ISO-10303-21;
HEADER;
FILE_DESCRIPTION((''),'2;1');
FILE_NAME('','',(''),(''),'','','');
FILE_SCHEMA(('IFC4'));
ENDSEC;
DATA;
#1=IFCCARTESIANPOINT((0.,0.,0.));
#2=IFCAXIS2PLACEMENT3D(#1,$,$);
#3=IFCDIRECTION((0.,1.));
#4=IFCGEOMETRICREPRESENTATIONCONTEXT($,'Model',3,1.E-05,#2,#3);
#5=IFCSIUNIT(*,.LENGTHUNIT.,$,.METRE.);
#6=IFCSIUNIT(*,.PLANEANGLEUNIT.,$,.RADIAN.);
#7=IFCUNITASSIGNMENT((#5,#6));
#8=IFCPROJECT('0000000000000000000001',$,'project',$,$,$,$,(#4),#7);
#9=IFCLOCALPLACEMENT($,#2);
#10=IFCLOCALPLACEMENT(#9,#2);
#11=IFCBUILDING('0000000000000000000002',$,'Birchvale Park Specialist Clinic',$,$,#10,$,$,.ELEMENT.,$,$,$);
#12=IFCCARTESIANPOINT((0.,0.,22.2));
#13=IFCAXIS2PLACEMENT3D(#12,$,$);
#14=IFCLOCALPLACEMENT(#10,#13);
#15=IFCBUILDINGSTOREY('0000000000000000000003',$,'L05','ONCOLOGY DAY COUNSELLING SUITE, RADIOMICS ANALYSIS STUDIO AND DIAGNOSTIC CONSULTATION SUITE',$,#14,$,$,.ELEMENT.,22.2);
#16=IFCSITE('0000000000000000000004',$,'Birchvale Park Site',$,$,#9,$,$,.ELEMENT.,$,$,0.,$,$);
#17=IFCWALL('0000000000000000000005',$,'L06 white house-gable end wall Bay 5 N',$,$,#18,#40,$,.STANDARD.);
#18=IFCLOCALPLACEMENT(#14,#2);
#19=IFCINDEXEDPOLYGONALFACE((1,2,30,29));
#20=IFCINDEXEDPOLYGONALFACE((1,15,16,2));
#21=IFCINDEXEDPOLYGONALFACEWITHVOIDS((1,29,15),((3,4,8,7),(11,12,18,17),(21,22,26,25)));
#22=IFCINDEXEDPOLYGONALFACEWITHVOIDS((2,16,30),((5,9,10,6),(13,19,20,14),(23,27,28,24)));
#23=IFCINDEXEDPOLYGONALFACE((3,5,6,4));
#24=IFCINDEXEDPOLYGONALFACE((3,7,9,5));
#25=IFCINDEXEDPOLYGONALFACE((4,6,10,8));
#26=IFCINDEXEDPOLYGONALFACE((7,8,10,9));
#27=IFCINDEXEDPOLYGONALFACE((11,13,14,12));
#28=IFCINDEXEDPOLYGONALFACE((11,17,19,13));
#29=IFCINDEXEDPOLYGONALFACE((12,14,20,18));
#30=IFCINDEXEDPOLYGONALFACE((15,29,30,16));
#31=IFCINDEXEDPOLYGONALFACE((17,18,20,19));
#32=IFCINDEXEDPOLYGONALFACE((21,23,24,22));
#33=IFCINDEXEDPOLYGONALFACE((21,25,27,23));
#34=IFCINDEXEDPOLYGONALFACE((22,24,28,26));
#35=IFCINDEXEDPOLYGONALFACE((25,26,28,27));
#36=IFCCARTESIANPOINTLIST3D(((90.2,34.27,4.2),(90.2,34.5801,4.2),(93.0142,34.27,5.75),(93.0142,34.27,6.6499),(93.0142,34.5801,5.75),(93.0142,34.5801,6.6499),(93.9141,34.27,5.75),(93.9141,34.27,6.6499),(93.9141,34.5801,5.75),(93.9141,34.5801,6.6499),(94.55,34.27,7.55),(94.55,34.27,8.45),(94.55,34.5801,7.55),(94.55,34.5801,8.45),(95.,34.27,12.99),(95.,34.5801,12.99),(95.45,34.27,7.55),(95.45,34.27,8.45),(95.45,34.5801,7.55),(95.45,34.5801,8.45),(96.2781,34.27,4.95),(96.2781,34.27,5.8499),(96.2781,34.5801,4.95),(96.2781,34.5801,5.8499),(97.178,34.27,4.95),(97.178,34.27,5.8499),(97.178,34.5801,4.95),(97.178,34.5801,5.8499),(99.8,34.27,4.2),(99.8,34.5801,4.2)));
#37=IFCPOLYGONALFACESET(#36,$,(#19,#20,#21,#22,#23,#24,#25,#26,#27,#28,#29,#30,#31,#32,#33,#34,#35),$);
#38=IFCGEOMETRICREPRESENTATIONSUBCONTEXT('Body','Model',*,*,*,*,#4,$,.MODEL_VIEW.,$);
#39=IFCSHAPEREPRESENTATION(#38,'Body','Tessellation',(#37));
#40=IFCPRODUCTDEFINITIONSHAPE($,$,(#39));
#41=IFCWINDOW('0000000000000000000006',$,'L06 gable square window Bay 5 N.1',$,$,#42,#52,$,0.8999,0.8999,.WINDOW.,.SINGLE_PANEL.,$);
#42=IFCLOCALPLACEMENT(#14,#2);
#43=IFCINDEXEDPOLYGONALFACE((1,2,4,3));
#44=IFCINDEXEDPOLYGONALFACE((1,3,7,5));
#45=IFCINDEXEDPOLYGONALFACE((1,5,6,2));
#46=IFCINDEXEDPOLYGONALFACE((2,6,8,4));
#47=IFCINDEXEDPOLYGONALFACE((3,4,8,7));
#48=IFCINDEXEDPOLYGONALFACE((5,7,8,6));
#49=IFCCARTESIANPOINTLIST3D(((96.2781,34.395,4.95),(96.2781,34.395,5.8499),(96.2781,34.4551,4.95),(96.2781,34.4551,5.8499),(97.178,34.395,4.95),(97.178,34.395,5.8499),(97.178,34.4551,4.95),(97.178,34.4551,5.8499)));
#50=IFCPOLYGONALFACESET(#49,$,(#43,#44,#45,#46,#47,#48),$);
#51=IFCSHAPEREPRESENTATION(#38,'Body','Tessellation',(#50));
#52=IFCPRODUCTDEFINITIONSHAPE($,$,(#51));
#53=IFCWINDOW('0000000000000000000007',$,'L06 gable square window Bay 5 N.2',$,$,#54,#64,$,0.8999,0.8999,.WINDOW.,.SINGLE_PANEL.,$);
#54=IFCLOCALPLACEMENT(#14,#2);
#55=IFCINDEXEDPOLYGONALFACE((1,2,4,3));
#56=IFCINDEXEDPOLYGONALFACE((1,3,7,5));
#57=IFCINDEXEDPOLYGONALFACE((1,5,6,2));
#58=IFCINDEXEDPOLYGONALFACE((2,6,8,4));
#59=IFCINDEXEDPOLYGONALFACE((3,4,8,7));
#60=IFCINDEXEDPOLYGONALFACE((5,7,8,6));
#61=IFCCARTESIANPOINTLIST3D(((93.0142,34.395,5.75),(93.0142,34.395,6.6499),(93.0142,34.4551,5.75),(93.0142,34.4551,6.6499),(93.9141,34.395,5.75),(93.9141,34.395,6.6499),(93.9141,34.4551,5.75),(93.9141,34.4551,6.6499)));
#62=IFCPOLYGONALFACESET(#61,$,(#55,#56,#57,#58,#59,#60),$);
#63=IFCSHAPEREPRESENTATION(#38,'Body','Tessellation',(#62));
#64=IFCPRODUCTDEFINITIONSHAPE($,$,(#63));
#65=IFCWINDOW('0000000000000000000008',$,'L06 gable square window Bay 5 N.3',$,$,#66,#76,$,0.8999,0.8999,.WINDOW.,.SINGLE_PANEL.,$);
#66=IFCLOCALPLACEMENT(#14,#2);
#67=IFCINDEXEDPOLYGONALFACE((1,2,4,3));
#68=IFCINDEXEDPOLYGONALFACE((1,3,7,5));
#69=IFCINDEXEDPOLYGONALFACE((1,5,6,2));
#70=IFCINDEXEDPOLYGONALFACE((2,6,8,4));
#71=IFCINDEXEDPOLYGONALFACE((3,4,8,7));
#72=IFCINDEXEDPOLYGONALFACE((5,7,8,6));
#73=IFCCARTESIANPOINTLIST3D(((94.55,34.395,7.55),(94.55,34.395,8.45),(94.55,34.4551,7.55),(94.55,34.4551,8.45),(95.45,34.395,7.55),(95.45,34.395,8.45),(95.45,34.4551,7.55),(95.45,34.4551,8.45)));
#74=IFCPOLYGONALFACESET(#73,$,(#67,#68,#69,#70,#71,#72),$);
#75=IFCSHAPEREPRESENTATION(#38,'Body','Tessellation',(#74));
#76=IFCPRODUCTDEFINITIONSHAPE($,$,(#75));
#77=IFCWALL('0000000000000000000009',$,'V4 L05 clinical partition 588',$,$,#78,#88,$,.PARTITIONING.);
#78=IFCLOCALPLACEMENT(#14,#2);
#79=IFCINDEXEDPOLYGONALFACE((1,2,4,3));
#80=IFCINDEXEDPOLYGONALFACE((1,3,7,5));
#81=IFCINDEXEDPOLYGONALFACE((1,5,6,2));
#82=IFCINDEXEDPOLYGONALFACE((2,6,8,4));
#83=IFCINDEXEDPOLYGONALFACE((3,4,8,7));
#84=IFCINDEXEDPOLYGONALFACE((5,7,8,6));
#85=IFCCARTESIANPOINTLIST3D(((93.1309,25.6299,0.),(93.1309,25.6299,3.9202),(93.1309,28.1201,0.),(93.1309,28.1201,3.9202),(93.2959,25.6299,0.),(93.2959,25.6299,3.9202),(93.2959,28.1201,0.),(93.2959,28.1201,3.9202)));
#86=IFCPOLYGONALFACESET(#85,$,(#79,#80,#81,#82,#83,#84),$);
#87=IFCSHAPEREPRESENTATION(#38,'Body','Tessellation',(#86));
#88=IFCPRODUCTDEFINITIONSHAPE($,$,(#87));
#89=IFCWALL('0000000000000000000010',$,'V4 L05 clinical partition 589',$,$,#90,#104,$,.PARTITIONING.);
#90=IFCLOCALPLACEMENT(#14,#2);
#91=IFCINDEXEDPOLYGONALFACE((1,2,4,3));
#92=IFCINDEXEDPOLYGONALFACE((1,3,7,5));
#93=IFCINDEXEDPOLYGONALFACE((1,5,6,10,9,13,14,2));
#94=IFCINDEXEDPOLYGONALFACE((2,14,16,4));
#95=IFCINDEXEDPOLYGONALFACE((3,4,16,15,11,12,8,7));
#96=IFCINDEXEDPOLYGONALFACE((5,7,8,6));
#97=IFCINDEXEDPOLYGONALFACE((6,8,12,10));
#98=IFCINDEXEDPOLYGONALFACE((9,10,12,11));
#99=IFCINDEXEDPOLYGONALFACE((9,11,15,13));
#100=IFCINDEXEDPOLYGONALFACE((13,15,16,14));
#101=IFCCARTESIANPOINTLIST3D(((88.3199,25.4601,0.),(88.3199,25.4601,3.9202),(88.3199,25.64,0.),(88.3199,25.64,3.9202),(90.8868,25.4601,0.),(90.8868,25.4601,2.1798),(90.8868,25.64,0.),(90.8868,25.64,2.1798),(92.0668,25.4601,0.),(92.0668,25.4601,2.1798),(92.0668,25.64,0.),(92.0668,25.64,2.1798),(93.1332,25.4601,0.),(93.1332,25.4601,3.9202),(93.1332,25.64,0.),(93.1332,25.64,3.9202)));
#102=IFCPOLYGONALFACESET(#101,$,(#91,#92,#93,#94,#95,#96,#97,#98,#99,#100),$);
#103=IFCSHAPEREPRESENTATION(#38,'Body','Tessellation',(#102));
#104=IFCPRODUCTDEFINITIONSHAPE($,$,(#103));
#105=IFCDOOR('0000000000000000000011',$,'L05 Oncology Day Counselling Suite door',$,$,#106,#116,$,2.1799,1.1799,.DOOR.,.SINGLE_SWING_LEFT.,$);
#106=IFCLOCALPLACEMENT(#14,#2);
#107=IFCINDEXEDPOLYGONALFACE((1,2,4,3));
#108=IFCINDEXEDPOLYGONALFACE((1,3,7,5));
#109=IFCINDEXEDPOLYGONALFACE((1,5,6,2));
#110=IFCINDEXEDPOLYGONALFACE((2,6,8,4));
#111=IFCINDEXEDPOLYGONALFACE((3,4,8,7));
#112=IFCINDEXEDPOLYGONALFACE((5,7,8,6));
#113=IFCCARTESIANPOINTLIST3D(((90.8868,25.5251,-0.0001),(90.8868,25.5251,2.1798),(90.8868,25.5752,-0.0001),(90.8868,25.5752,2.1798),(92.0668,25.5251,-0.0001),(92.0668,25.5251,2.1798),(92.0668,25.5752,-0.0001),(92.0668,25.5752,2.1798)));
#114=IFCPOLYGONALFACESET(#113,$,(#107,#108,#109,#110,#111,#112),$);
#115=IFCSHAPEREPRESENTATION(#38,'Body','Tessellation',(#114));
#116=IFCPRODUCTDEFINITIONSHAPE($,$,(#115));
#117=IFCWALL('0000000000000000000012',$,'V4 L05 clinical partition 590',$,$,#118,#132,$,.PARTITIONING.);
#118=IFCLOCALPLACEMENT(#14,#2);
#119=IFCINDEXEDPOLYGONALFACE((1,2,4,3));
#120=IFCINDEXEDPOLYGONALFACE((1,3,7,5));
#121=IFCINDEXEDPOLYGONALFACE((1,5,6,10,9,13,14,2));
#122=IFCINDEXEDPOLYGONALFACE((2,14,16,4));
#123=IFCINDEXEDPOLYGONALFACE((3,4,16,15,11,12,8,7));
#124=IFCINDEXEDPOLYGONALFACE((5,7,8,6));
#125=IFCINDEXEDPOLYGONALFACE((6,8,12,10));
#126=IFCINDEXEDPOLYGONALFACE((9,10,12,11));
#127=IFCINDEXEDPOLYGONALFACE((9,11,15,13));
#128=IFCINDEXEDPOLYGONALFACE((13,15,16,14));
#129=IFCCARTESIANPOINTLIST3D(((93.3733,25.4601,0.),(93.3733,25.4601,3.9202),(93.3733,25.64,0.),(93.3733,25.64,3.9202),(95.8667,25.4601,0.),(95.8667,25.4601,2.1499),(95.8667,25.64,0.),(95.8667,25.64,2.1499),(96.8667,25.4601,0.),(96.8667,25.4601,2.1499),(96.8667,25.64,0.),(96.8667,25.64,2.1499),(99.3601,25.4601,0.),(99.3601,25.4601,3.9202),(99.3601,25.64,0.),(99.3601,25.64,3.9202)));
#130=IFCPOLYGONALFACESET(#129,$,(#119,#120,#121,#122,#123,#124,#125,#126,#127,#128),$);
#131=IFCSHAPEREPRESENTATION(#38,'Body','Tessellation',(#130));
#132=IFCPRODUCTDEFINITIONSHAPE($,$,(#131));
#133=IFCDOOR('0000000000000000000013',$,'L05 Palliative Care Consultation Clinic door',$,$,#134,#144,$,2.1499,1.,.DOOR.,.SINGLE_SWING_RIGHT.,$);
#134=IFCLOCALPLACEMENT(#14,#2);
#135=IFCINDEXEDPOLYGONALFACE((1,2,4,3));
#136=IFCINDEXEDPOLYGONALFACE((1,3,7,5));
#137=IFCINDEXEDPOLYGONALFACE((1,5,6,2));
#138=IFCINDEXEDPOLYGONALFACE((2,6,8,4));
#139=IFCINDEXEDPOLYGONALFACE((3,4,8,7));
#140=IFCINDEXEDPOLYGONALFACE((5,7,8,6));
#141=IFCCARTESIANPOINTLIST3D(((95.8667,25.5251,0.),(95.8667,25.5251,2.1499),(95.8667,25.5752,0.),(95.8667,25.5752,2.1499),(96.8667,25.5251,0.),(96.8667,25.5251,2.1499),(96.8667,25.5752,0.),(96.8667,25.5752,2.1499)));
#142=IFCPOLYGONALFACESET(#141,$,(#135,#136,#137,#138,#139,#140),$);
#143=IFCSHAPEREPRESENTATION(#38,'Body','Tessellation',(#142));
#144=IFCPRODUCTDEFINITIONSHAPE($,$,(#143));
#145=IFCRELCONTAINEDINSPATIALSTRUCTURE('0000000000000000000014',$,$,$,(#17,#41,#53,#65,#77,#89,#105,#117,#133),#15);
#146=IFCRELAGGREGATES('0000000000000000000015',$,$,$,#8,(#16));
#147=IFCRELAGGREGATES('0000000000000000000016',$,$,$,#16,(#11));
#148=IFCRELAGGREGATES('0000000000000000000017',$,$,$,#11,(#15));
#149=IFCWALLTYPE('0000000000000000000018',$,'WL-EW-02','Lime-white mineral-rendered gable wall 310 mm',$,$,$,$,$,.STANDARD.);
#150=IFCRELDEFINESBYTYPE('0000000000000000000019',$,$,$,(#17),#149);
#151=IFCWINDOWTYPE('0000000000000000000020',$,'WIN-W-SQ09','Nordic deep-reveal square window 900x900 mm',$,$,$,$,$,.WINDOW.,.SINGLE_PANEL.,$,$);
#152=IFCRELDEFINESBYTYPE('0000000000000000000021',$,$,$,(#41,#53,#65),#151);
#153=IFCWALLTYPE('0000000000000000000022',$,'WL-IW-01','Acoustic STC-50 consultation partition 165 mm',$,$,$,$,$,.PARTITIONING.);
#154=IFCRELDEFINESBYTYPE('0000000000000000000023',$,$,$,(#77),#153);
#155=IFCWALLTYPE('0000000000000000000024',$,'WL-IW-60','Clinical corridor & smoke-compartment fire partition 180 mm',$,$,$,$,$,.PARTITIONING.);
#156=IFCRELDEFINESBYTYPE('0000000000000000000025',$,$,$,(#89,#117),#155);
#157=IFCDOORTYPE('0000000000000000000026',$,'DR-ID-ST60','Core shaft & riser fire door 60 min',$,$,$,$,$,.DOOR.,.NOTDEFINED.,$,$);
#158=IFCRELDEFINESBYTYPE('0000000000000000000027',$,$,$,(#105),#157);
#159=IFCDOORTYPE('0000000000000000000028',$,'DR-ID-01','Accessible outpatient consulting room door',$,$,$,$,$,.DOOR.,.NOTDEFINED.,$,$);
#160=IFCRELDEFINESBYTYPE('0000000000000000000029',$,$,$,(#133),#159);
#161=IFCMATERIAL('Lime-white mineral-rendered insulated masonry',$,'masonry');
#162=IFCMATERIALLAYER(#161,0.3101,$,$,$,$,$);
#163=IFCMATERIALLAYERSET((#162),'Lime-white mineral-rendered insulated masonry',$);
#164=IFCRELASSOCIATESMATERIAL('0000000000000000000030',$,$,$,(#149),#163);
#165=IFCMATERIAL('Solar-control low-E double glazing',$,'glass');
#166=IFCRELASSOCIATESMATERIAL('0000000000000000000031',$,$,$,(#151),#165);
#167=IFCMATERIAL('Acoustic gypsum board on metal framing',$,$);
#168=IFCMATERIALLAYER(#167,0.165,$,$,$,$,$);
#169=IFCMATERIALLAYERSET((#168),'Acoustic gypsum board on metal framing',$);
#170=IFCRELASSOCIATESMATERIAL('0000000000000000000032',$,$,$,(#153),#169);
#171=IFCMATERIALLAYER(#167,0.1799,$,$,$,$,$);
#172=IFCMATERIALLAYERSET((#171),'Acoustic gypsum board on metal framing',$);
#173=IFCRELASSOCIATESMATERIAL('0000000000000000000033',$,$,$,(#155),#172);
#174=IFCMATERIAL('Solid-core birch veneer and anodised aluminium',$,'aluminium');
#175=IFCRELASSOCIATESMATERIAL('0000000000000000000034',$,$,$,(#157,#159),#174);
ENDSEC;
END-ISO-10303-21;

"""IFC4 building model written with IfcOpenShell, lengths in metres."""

from ifc_helpers import new_model, si_unit, direction, frame, frame_2d, origin, place, context, subcontext, project, spatial, polyline, rectangle, outline, extrude, material, layer, layer_set, type_object, element, fill, save


model = new_model("IFC4")

# Units and contexts
model_context = context("Model", 3, precision=1e-05, world=origin(), true_north=direction((0.0, 1.0)))
body_context = subcontext(model_context, "Body", "Model", "MODEL_VIEW")
ifc_project = project(units=[si_unit("LENGTHUNIT", "METRE"), si_unit("PLANEANGLEUNIT", "RADIAN")], contexts=[model_context])

# Site, building, storey
site_placement = place(None, origin())
site = spatial("IfcSite", under=ifc_project, at=site_placement, Name="Birchvale Park Site", CompositionType="ELEMENT", RefElevation=0.0)
building_placement = place(site_placement, origin())
building = spatial("IfcBuilding", under=site, at=building_placement, Name="Birchvale Park Specialist Clinic", CompositionType="ELEMENT")
storey_placement = place(building_placement, frame((0.0, 0.0, 22.2)))
storey = spatial("IfcBuildingStorey", under=building, at=storey_placement, Name="L05", Description="ONCOLOGY DAY COUNSELLING SUITE, RADIOMICS ANALYSIS STUDIO AND DIAGNOSTIC CONSULTATION SUITE", CompositionType="ELEMENT", Elevation=22.2)

# Shared definitions
ifc_material_1 = material(Name="Solid-core birch veneer and anodised aluminium", Category="aluminium")

# Shared definitions
ifc_material_2 = material(Name="Lime-white mineral-rendered insulated masonry", Category="masonry")
ifc_material_3 = material(Name="Solar-control low-E double glazing", Category="glass")

# Wall, openings, windows
ifc_layer_1 = layer(ifc_material_2, 0.3101)
ifc_layer_set_1 = layer_set([ifc_layer_1], Name="Lime-white mineral-rendered insulated masonry")
wall_type_1 = type_object("IfcWallType", Name="WL-EW-02", Description="Lime-white mineral-rendered gable wall 310 mm", PredefinedType="STANDARD", material=ifc_layer_set_1)
wall_1_placement = place(storey_placement, frame((99.8, 34.425, 4.2), z_axis=(0.0, 0.0, 1.0), x_axis=(-1.0, 0.0, 0.0)))
wall_1 = element("IfcWall", 1, at=wall_1_placement, inside=storey, type_object=wall_type_1, Name="L06 white house-gable end wall Bay 5 N", PredefinedType="STANDARD", context=body_context, shape_type="SweptSolid", body=[
    extrude(outline(polyline([(0.0, 0.0), (9.6001, 0.0), (9.6001, 0.0), (4.8, 8.79), (0.0, 0.0), (0.0, 0.0)])), frame((0.0, 0.155, 0.0), z_axis=(0.0, -1.0, 0.0), x_axis=(1.0, 0.0, 0.0)), (0.0, 0.0, 1.0), 0.3101),
])
opening_1_placement = place(wall_1_placement, frame((2.6221, 0.0, 0.75)))
opening_1 = element("IfcOpeningElement", 2, at=opening_1_placement, cuts=wall_1, PredefinedType="OPENING", context=body_context, shape_type="SweptSolid", body=[
    extrude(rectangle(XDim=0.8999, YDim=0.8999, at=frame_2d((0.45, 0.45))), frame((0.0, 0.165, 0.0), z_axis=(0.0, -1.0, 0.0), x_axis=(1.0, 0.0, 0.0)), (0.0, 0.0, 1.0), 0.3301),
])
opening_2_placement = place(wall_1_placement, frame((5.886, 0.0, 1.55)))
opening_2 = element("IfcOpeningElement", 3, at=opening_2_placement, cuts=wall_1, PredefinedType="OPENING", context=body_context, shape_type="SweptSolid", body=[
    extrude(rectangle(XDim=0.8999, YDim=0.8999, at=frame_2d((0.45, 0.45))), frame((0.0, 0.165, 0.0), z_axis=(0.0, -1.0, 0.0), x_axis=(1.0, 0.0, 0.0)), (0.0, 0.0, 1.0), 0.3301),
])
opening_3_placement = place(wall_1_placement, frame((4.3501, 0.0, 3.3501)))
opening_3 = element("IfcOpeningElement", 4, at=opening_3_placement, cuts=wall_1, PredefinedType="OPENING", context=body_context, shape_type="SweptSolid", body=[
    extrude(rectangle(XDim=0.8999, YDim=0.8999, at=frame_2d((0.45, 0.45))), frame((0.0, 0.165, 0.0), z_axis=(0.0, -1.0, 0.0), x_axis=(1.0, 0.0, 0.0)), (0.0, 0.0, 1.0), 0.3301),
])
window_type_1 = type_object("IfcWindowType", Name="WIN-W-SQ09", Description="Nordic deep-reveal square window 900x900 mm", PartitioningType="SINGLE_PANEL", PredefinedType="WINDOW", material=ifc_material_3)
window_1_placement = place(opening_1_placement, origin())
window_1 = element("IfcWindow", 5, at=window_1_placement, inside=storey, type_object=window_type_1, Name="L06 gable square window Bay 5 N.1", OverallHeight=0.8999, OverallWidth=0.8999, PartitioningType="SINGLE_PANEL", PredefinedType="WINDOW", context=body_context, shape_type="SweptSolid", body=[
    extrude(rectangle(XDim=0.8999, YDim=0.8999, at=frame_2d((0.45, 0.45))), frame((0.0, 0.03, 0.0), z_axis=(0.0, -1.0, 0.0), x_axis=(1.0, 0.0, 0.0)), (0.0, 0.0, 1.0), 0.0601),
])
fill(opening_1, window_1)
window_2_placement = place(opening_2_placement, origin())
window_2 = element("IfcWindow", 6, at=window_2_placement, inside=storey, type_object=window_type_1, Name="L06 gable square window Bay 5 N.2", OverallHeight=0.8999, OverallWidth=0.8999, PartitioningType="SINGLE_PANEL", PredefinedType="WINDOW", context=body_context, shape_type="SweptSolid", body=[
    extrude(rectangle(XDim=0.8999, YDim=0.8999, at=frame_2d((0.45, 0.45))), frame((0.0, 0.03, 0.0), z_axis=(0.0, -1.0, 0.0), x_axis=(1.0, 0.0, 0.0)), (0.0, 0.0, 1.0), 0.0601),
])
fill(opening_2, window_2)
window_3_placement = place(opening_3_placement, origin())
window_3 = element("IfcWindow", 7, at=window_3_placement, inside=storey, type_object=window_type_1, Name="L06 gable square window Bay 5 N.3", OverallHeight=0.8999, OverallWidth=0.8999, PartitioningType="SINGLE_PANEL", PredefinedType="WINDOW", context=body_context, shape_type="SweptSolid", body=[
    extrude(rectangle(XDim=0.8999, YDim=0.8999, at=frame_2d((0.45, 0.45))), frame((0.0, 0.03, 0.0), z_axis=(0.0, -1.0, 0.0), x_axis=(1.0, 0.0, 0.0)), (0.0, 0.0, 1.0), 0.0601),
])
fill(opening_3, window_3)

# Wall
ifc_material_4 = material(Name="Acoustic gypsum board on metal framing")
ifc_layer_2 = layer(ifc_material_4, 0.165)
ifc_layer_set_2 = layer_set([ifc_layer_2], Name="Acoustic gypsum board on metal framing")
wall_type_2 = type_object("IfcWallType", Name="WL-IW-01", Description="Acoustic STC-50 consultation partition 165 mm", PredefinedType="PARTITIONING", material=ifc_layer_set_2)
wall_2_placement = place(storey_placement, frame((93.2134, 28.1201, 0.0), z_axis=(0.0, 0.0, 1.0), x_axis=(0.0, -1.0, 0.0)))
element("IfcWall", 8, at=wall_2_placement, inside=storey, type_object=wall_type_2, Name="V4 L05 clinical partition 588", PredefinedType="PARTITIONING", context=body_context, shape_type="SweptSolid", body=[
    extrude(rectangle(XDim=2.4902, YDim=0.165, at=frame_2d((1.2451, 0.0))), origin(), (0.0, 0.0, 1.0), 3.9202),
])

# Walls, openings, doors
ifc_layer_3 = layer(ifc_material_4, 0.1799)
ifc_layer_set_3 = layer_set([ifc_layer_3], Name="Acoustic gypsum board on metal framing")
wall_type_3 = type_object("IfcWallType", Name="WL-IW-60", Description="Clinical corridor & smoke-compartment fire partition 180 mm", PredefinedType="PARTITIONING", material=ifc_layer_set_3)
wall_3_placement = place(storey_placement, frame((93.1333, 25.55, 0.0), z_axis=(0.0, 0.0, 1.0), x_axis=(-1.0, 0.0, 0.0)))
wall_3 = element("IfcWall", 9, at=wall_3_placement, inside=storey, type_object=wall_type_3, Name="V4 L05 clinical partition 589", PredefinedType="PARTITIONING", context=body_context, shape_type="SweptSolid", body=[
    extrude(rectangle(XDim=4.8132, YDim=0.1799, at=frame_2d((2.4067, 0.0))), origin(), (0.0, 0.0, 1.0), 3.9202),
])
opening_4_placement = place(wall_3_placement, frame((1.0667, 0.0, 0.0)))
opening_4 = element("IfcOpeningElement", 10, at=opening_4_placement, cuts=wall_3, PredefinedType="OPENING", context=body_context, shape_type="SweptSolid", body=[
    extrude(rectangle(XDim=1.1799, YDim=2.1799, at=frame_2d((0.5898, 1.0898))), frame((0.0, 0.1001, 0.0), z_axis=(0.0, -1.0, 0.0), x_axis=(1.0, 0.0, 0.0)), (0.0, 0.0, 1.0), 0.2),
])
door_type_1 = type_object("IfcDoorType", Name="DR-ID-ST60", Description="Core shaft & riser fire door 60 min", OperationType="NOTDEFINED", PredefinedType="DOOR", material=ifc_material_1)
door_1_placement = place(opening_4_placement, origin())
door_1 = element("IfcDoor", 11, at=door_1_placement, inside=storey, type_object=door_type_1, Name="L05 Oncology Day Counselling Suite door", OperationType="SINGLE_SWING_LEFT", OverallHeight=2.1799, OverallWidth=1.1799, PredefinedType="DOOR", context=body_context, shape_type="SweptSolid", body=[
    extrude(rectangle(XDim=1.1799, YDim=2.1799, at=frame_2d((0.5898, 1.0898))), frame((0.0, 0.0249, 0.0), z_axis=(0.0, -1.0, 0.0), x_axis=(1.0, 0.0, 0.0)), (0.0, 0.0, 1.0), 0.05),
])
fill(opening_4, door_1)
wall_4_placement = place(storey_placement, frame((99.3601, 25.55, 0.0), z_axis=(0.0, 0.0, 1.0), x_axis=(-1.0, 0.0, 0.0)))
wall_4 = element("IfcWall", 12, at=wall_4_placement, inside=storey, type_object=wall_type_3, Name="V4 L05 clinical partition 590", PredefinedType="PARTITIONING", context=body_context, shape_type="SweptSolid", body=[
    extrude(rectangle(XDim=5.9868, YDim=0.1799, at=frame_2d((2.9934, 0.0))), origin(), (0.0, 0.0, 1.0), 3.9202),
])
opening_5_placement = place(wall_4_placement, frame((2.4934, 0.0, 0.0)))
opening_5 = element("IfcOpeningElement", 13, at=opening_5_placement, cuts=wall_4, PredefinedType="OPENING", context=body_context, shape_type="SweptSolid", body=[
    extrude(rectangle(XDim=1.0, YDim=2.1499, at=frame_2d((0.5, 1.075))), frame((0.0, 0.1001, 0.0), z_axis=(0.0, -1.0, 0.0), x_axis=(1.0, 0.0, 0.0)), (0.0, 0.0, 1.0), 0.2),
])
door_type_2 = type_object("IfcDoorType", Name="DR-ID-01", Description="Accessible outpatient consulting room door", OperationType="NOTDEFINED", PredefinedType="DOOR", material=ifc_material_1)
door_2_placement = place(opening_5_placement, origin())
door_2 = element("IfcDoor", 14, at=door_2_placement, inside=storey, type_object=door_type_2, Name="L05 Palliative Care Consultation Clinic door", OperationType="SINGLE_SWING_RIGHT", OverallHeight=2.1499, OverallWidth=1.0, PredefinedType="DOOR", context=body_context, shape_type="SweptSolid", body=[
    extrude(rectangle(XDim=1.0, YDim=2.1499, at=frame_2d((0.5, 1.075))), frame((0.0, 0.0249, 0.0), z_axis=(0.0, -1.0, 0.0), x_axis=(1.0, 0.0, 0.0)), (0.0, 0.0, 1.0), 0.05),
])
fill(opening_5, door_2)

save(model, "model.ifc")
